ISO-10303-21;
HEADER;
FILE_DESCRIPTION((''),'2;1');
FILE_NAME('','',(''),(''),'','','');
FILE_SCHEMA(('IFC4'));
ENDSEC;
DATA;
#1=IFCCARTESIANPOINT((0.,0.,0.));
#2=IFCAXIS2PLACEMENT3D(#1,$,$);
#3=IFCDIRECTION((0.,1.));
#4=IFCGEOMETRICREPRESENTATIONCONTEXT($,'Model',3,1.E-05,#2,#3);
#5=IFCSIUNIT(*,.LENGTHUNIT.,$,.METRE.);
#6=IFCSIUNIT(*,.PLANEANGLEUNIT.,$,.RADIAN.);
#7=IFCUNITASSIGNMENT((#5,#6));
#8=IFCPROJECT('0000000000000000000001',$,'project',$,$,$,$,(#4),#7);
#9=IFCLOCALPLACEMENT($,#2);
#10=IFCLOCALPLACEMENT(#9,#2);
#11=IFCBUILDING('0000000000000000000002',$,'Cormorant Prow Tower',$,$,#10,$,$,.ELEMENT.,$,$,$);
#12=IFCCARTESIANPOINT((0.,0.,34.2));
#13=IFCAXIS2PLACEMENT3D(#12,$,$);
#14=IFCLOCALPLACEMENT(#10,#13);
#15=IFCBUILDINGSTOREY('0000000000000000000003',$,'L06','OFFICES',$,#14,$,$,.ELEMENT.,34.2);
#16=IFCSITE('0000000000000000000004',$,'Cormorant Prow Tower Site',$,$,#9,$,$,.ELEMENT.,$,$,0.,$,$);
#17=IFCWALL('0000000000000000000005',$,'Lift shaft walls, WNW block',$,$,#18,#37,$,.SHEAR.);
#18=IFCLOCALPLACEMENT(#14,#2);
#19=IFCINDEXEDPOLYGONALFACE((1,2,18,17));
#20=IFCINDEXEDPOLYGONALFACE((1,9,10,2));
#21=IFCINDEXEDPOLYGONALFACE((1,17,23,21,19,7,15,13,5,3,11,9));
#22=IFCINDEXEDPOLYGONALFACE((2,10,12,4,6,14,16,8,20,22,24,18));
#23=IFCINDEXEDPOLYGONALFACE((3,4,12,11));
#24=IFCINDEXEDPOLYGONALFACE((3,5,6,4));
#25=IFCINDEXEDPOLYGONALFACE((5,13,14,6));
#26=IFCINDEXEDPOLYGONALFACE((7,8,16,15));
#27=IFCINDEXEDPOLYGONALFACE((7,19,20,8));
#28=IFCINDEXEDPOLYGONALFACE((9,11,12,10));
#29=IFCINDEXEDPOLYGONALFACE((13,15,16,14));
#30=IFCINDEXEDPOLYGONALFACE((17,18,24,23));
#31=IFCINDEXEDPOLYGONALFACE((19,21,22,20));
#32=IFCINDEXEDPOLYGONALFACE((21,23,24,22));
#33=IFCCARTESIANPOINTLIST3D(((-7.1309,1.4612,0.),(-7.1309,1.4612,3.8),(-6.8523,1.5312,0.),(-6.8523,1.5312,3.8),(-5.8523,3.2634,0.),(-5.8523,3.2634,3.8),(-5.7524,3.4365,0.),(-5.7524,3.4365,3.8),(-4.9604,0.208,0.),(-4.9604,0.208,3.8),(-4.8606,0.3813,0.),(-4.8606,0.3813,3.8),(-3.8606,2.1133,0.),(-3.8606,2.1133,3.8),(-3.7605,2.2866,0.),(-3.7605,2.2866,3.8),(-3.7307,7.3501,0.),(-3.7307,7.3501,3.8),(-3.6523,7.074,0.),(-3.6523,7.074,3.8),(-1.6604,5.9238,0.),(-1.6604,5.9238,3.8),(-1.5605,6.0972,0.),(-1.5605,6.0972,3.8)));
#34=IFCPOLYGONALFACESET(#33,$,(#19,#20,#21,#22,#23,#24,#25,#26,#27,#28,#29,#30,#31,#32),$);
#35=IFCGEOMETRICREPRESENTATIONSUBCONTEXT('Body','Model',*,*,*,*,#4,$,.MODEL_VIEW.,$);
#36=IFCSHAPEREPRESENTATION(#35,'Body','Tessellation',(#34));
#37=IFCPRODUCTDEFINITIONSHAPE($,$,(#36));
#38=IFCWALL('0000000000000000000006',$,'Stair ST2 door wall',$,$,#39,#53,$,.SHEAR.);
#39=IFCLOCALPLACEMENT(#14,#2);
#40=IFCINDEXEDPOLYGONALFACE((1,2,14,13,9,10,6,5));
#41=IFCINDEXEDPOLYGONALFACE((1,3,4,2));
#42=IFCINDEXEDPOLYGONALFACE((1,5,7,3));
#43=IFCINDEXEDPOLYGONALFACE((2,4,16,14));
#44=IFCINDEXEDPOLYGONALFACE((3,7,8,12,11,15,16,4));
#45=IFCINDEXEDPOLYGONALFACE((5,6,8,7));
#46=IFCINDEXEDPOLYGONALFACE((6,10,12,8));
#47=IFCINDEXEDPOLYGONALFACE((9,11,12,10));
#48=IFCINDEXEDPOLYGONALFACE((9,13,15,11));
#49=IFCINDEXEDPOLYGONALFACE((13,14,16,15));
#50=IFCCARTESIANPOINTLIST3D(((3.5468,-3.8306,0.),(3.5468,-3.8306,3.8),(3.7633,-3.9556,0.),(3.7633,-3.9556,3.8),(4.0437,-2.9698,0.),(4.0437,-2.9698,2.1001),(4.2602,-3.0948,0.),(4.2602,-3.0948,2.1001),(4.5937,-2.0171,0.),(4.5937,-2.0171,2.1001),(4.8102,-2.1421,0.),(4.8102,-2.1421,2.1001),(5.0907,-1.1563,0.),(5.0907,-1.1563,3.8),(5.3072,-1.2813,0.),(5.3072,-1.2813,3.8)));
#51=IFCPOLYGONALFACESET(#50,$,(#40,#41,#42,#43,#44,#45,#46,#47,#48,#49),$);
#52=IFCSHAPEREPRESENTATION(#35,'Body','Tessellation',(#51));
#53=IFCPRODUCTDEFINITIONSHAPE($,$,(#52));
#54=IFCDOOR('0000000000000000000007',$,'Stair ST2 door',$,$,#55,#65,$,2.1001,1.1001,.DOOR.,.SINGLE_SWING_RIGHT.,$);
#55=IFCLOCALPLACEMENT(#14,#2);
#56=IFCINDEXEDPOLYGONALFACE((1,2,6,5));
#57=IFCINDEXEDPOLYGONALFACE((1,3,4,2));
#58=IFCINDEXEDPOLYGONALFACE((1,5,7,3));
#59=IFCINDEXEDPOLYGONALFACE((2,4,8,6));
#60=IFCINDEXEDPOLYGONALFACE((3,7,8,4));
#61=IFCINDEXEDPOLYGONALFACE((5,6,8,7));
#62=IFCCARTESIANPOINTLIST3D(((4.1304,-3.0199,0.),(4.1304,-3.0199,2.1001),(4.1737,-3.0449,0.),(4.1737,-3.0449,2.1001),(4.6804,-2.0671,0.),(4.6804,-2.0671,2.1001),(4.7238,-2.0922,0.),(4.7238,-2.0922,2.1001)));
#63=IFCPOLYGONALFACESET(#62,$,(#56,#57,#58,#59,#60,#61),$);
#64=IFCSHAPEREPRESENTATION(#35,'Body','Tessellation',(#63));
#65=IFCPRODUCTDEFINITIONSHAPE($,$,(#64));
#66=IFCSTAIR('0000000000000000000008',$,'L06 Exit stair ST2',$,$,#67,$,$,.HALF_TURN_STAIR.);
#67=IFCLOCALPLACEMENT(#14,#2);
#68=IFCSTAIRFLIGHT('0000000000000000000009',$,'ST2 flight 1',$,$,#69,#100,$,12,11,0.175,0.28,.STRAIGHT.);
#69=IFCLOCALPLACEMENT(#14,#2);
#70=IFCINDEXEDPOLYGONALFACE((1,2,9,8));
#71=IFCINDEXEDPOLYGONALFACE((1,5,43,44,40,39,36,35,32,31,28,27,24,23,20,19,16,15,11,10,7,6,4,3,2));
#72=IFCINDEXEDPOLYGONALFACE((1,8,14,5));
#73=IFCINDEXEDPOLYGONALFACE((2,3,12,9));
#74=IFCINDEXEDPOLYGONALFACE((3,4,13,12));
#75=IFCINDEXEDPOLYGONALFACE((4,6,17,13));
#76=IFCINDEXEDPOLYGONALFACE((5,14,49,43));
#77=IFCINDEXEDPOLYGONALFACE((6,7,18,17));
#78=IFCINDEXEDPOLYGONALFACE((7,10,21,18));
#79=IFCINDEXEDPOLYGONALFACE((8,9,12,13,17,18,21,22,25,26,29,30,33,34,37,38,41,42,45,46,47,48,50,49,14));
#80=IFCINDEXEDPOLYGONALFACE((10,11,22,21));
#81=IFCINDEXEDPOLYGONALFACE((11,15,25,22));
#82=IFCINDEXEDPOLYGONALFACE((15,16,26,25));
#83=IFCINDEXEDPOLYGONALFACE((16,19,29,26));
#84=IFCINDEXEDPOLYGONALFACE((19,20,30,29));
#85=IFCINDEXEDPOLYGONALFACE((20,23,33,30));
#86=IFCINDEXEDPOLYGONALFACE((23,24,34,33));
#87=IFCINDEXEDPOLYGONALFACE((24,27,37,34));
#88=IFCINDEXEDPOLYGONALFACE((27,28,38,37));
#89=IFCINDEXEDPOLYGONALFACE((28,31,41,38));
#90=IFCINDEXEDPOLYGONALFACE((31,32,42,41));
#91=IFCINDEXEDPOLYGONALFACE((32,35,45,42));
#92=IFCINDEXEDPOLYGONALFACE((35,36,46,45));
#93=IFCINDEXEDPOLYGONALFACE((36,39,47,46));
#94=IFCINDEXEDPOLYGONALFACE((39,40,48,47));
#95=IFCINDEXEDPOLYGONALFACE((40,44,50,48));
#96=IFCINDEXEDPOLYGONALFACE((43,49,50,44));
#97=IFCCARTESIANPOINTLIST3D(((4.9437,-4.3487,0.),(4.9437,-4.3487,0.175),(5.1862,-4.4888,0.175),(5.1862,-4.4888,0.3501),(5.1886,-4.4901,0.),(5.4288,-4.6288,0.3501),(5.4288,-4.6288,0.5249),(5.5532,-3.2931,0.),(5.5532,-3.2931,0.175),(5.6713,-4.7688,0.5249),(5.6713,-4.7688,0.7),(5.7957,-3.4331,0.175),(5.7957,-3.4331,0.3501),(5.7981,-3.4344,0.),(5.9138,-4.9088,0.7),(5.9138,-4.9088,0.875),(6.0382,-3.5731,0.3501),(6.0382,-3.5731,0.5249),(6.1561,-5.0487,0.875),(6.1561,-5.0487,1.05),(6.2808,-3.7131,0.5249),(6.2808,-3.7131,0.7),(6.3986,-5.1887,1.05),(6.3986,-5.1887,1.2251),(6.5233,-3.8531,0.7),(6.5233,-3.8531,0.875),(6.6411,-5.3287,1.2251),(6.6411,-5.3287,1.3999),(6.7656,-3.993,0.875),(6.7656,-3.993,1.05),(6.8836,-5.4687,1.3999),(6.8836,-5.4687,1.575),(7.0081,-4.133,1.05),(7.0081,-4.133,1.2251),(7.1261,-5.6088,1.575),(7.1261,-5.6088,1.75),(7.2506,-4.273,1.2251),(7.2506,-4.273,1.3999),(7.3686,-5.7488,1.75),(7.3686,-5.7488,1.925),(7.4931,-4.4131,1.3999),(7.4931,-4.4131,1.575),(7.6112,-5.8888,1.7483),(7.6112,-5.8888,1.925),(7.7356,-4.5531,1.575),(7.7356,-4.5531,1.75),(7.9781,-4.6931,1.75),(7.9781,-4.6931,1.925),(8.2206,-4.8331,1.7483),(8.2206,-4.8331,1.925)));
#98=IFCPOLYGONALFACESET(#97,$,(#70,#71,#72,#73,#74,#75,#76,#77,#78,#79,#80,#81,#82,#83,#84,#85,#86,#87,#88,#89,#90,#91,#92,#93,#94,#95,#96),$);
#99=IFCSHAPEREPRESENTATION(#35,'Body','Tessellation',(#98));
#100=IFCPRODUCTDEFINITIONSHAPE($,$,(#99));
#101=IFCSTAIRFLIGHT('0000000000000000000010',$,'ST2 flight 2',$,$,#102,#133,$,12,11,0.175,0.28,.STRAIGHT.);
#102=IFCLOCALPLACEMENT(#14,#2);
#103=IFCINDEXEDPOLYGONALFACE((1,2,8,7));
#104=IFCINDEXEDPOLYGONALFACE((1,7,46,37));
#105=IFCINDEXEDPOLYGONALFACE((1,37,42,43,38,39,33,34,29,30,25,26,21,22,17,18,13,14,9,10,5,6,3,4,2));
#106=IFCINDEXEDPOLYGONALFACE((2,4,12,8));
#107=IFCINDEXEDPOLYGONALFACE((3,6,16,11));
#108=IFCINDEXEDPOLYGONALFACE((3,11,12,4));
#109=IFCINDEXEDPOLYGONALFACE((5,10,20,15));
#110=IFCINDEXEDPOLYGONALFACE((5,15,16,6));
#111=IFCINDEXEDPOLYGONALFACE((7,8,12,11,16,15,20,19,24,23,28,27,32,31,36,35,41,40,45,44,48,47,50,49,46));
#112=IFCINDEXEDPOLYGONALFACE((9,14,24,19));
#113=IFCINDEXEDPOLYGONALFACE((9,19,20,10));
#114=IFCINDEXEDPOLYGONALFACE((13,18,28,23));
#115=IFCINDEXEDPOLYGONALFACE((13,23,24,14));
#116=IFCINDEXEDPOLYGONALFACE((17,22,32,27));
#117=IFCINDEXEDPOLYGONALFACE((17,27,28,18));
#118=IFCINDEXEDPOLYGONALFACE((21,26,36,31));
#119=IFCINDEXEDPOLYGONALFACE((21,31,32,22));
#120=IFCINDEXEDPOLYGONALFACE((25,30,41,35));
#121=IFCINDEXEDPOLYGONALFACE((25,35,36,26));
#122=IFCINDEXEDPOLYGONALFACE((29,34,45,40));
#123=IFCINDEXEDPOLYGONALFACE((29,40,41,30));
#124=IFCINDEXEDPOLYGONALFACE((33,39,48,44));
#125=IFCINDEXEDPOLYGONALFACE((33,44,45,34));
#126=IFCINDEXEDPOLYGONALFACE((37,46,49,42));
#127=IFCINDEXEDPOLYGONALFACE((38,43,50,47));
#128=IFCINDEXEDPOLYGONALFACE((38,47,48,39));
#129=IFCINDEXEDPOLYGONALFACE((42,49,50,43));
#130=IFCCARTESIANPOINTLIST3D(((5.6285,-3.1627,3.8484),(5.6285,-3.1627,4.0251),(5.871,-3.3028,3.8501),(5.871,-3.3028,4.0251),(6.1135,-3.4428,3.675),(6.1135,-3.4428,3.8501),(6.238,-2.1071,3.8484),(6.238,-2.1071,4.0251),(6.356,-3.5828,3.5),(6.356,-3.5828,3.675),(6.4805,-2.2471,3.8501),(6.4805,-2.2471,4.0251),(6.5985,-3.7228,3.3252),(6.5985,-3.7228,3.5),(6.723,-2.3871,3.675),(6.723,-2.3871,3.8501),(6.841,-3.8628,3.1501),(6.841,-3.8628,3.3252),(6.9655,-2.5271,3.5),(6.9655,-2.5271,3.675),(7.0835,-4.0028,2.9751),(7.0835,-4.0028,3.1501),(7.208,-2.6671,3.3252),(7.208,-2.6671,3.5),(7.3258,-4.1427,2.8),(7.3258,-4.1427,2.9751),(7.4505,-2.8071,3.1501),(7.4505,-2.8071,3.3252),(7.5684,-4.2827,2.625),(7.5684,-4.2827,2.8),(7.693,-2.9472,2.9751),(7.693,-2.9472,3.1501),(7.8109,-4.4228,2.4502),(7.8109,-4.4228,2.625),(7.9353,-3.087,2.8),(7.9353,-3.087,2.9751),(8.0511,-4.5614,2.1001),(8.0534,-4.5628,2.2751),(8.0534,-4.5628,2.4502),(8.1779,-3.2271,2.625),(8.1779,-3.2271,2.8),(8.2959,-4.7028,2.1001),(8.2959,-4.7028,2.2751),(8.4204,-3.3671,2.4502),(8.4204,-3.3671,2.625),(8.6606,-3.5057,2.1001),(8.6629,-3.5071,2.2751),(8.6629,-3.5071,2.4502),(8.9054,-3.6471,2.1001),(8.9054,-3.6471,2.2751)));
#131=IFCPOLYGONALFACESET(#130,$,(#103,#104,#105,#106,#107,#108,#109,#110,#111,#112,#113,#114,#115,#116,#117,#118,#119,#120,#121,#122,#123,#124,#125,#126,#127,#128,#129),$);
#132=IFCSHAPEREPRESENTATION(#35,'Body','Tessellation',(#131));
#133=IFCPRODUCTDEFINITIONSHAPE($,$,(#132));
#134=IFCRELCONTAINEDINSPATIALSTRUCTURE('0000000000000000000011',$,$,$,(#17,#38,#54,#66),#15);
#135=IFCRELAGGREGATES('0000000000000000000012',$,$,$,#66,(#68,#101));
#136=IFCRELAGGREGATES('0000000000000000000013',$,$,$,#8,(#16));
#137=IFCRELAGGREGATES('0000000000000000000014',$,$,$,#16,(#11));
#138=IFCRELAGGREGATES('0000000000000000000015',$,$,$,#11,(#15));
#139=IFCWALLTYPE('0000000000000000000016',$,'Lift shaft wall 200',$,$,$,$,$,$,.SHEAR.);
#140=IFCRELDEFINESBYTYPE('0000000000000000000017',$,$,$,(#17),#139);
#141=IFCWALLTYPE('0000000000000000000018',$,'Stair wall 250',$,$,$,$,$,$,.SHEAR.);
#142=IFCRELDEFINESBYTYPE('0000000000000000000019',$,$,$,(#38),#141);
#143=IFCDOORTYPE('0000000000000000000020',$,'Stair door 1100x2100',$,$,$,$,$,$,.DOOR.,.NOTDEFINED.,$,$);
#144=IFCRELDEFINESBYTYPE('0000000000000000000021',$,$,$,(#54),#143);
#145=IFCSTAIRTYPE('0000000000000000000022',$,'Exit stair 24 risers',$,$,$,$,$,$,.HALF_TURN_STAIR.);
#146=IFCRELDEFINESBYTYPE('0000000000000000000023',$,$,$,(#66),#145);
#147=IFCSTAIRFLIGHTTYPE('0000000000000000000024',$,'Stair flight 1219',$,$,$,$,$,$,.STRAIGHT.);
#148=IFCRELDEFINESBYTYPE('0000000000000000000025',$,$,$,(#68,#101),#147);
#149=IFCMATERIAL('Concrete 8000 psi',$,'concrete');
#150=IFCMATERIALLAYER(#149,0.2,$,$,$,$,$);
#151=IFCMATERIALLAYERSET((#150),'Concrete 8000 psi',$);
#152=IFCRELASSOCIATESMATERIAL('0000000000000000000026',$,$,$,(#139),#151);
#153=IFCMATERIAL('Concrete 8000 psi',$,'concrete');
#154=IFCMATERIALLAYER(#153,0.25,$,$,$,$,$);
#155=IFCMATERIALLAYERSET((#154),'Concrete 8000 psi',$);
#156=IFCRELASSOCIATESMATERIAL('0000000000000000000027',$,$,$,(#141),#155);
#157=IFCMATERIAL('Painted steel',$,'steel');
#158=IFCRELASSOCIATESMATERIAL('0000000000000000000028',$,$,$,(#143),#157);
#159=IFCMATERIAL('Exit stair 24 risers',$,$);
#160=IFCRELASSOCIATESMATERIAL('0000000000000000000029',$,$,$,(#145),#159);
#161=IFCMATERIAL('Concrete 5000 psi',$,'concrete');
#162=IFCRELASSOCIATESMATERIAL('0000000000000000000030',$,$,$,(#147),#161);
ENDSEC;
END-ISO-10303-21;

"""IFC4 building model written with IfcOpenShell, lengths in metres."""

from ifc_helpers import new_model, si_unit, direction, frame, frame_2d, origin, place, context, subcontext, project, spatial, polyline, rectangle, outline, extrude, material, layer, layer_set, type_object, element, fill, aggregate, save


model = new_model("IFC4")

# Units and contexts
model_context = context("Model", 3, precision=1e-05, world=origin(), true_north=direction((0.0, 1.0)))
body_context = subcontext(model_context, "Body", "Model", "MODEL_VIEW")
ifc_project = project(units=[si_unit("LENGTHUNIT", "METRE"), si_unit("PLANEANGLEUNIT", "RADIAN")], contexts=[model_context])

# Site, building, storey
site_placement = place(None, origin())
site = spatial("IfcSite", under=ifc_project, at=site_placement, Name="Cormorant Prow Tower Site", CompositionType="ELEMENT", RefElevation=0.0)
building_placement = place(site_placement, origin())
building = spatial("IfcBuilding", under=site, at=building_placement, Name="Cormorant Prow Tower", CompositionType="ELEMENT")
storey_placement = place(building_placement, frame((0.0, 0.0, 34.2)))
storey = spatial("IfcBuildingStorey", under=building, at=storey_placement, Name="L06", Description="OFFICES", CompositionType="ELEMENT", Elevation=34.2)

# Wall
ifc_material_1 = material(Name="Concrete 8000 psi", Category="concrete")
ifc_layer_1 = layer(ifc_material_1, 0.2)
ifc_layer_set_1 = layer_set([ifc_layer_1], Name="Concrete 8000 psi")
wall_type_1 = type_object("IfcWallType", Name="Lift shaft wall 200", PredefinedType="SHEAR", material=ifc_layer_set_1)
wall_1_placement = place(storey_placement, origin())
element("IfcWall", 1, at=wall_1_placement, inside=storey, type_object=wall_type_1, Name="Lift shaft walls, WNW block", PredefinedType="SHEAR", context=body_context, shape_type="SweptSolid", body=[
    extrude(outline(polyline([(-4.9604, 0.208), (-7.1309, 1.4612), (-3.7307, 7.3501), (-1.5605, 6.0972), (-1.6604, 5.9238), (-3.6523, 7.074), (-5.7524, 3.4365), (-3.7605, 2.2866), (-3.8606, 2.1133), (-5.8523, 3.2634), (-6.8523, 1.5312), (-4.8606, 0.3813), (-4.9604, 0.208)])), origin(), (0.0, 0.0, 1.0), 3.8),
])

# Wall, opening, door
ifc_material_2 = material(Name="Concrete 8000 psi", Category="concrete")
ifc_layer_2 = layer(ifc_material_2, 0.25)
ifc_layer_set_2 = layer_set([ifc_layer_2], Name="Concrete 8000 psi")
wall_type_2 = type_object("IfcWallType", Name="Stair wall 250", PredefinedType="SHEAR", material=ifc_layer_set_2)
wall_2_placement = place(storey_placement, frame((3.655, -3.8931, 0.0), z_axis=(0.0, 0.0, 1.0), x_axis=(0.499983, 0.866035, 0.0)))
wall_2 = element("IfcWall", 2, at=wall_2_placement, inside=storey, type_object=wall_type_2, Name="Stair ST2 door wall", PredefinedType="SHEAR", context=body_context, shape_type="SweptSolid", body=[
    extrude(rectangle(XDim=3.0879, YDim=0.25, at=frame_2d((1.5439, 0.0))), origin(), (0.0, 0.0, 1.0), 3.8),
])
opening_1_placement = place(wall_2_placement, frame((0.9939, 0.0, 0.0)))
opening_1 = element("IfcOpeningElement", 3, at=opening_1_placement, cuts=wall_2, PredefinedType="OPENING", context=body_context, shape_type="SweptSolid", body=[
    extrude(rectangle(XDim=1.1001, YDim=2.1001, at=frame_2d((0.55, 1.05))), frame((0.0, 0.135, 0.0), z_axis=(0.0, -1.0, 0.0), x_axis=(1.0, 0.0, 0.0)), (0.0, 0.0, 1.0), 0.27),
])
ifc_material_3 = material(Name="Painted steel", Category="steel")
door_type_1 = type_object("IfcDoorType", Name="Stair door 1100x2100", OperationType="NOTDEFINED", PredefinedType="DOOR", material=ifc_material_3)
door_1_placement = place(opening_1_placement, origin())
door_1 = element("IfcDoor", 4, at=door_1_placement, inside=storey, type_object=door_type_1, Name="Stair ST2 door", OperationType="SINGLE_SWING_RIGHT", OverallHeight=2.1001, OverallWidth=1.1001, PredefinedType="DOOR", context=body_context, shape_type="SweptSolid", body=[
    extrude(rectangle(XDim=1.1001, YDim=2.1001, at=frame_2d((0.55, 1.05))), frame((0.0, 0.0249, 0.0), z_axis=(0.0, -1.0, 0.0), x_axis=(1.0, 0.0, 0.0)), (0.0, 0.0, 1.0), 0.05),
])
fill(opening_1, door_1)

# Stair, stair flights
ifc_material_4 = material(Name="Exit stair 24 risers")
stair_type = type_object("IfcStairType", Name="Exit stair 24 risers", PredefinedType="HALF_TURN_STAIR", material=ifc_material_4)
stair_placement = place(storey_placement, origin())
stair = element("IfcStair", 5, at=stair_placement, inside=storey, type_object=stair_type, Name="L06 Exit stair ST2", PredefinedType="HALF_TURN_STAIR")
ifc_material_5 = material(Name="Concrete 5000 psi", Category="concrete")
stair_flight_type = type_object("IfcStairFlightType", Name="Stair flight 1219", PredefinedType="STRAIGHT", material=ifc_material_5)
stair_flight_1_placement = place(storey_placement, frame((5.2485, -3.8208, 0.0), z_axis=(0.0, 0.0, 1.0), x_axis=(0.866025, -0.5, 0.0)))
stair_flight_1 = element("IfcStairFlight", 6, at=stair_flight_1_placement, type_object=stair_flight_type, Name="ST2 flight 1", NumberOfRisers=12, NumberOfTreads=11, PredefinedType="STRAIGHT", RiserHeight=0.175, TreadLength=0.28, context=body_context, shape_type="SweptSolid", body=[
    extrude(outline(polyline([(0.0, 0.0), (0.0, 0.175), (0.28, 0.175), (0.28, 0.3501), (0.5601, 0.3501), (0.5601, 0.5249), (0.8401, 0.5249), (0.8401, 0.7), (1.1201, 0.7), (1.1201, 0.875), (1.3999, 0.875), (1.3999, 1.05), (1.6799, 1.05), (1.6799, 1.2251), (1.96, 1.2251), (1.96, 1.3999), (2.24, 1.3999), (2.24, 1.575), (2.52, 1.575), (2.52, 1.75), (2.8, 1.75), (2.8, 1.925), (3.0801, 1.925), (3.0801, 2.1001), (3.0801, 1.7483), (0.2827, 0.0), (0.0, 0.0)])), frame((0.0, 0.6094, 0.0), z_axis=(0.0, -1.0, 0.0), x_axis=(1.0, 0.0, 0.0)), (0.0, 0.0, 1.0), 1.219),
])
stair_flight_2_placement = place(storey_placement, frame((8.6006, -4.175, 2.1001), z_axis=(0.0, 0.0, 1.0), x_axis=(-0.866025, 0.5, 0.0)))
stair_flight_2 = element("IfcStairFlight", 7, at=stair_flight_2_placement, type_object=stair_flight_type, Name="ST2 flight 2", NumberOfRisers=12, NumberOfTreads=11, PredefinedType="STRAIGHT", RiserHeight=0.175, TreadLength=0.28, context=body_context, shape_type="SweptSolid", body=[
    extrude(outline(polyline([(0.0, 0.0), (0.0, 0.175), (0.28, 0.175), (0.28, 0.3501), (0.5601, 0.3501), (0.5601, 0.5249), (0.8401, 0.5249), (0.8401, 0.7), (1.1201, 0.7), (1.1201, 0.875), (1.3999, 0.875), (1.3999, 1.05), (1.6799, 1.05), (1.6799, 1.2251), (1.96, 1.2251), (1.96, 1.3999), (2.24, 1.3999), (2.24, 1.575), (2.52, 1.575), (2.52, 1.75), (2.8, 1.75), (2.8, 1.925), (3.0801, 1.925), (3.0801, 2.1001), (3.0801, 1.7483), (0.2827, 0.0), (0.0, 0.0)])), frame((0.0, 0.6094, 0.0), z_axis=(0.0, -1.0, 0.0), x_axis=(1.0, 0.0, 0.0)), (0.0, 0.0, 1.0), 1.219),
])
aggregate(stair, [stair_flight_1, stair_flight_2])

save(model, "model.ifc")
